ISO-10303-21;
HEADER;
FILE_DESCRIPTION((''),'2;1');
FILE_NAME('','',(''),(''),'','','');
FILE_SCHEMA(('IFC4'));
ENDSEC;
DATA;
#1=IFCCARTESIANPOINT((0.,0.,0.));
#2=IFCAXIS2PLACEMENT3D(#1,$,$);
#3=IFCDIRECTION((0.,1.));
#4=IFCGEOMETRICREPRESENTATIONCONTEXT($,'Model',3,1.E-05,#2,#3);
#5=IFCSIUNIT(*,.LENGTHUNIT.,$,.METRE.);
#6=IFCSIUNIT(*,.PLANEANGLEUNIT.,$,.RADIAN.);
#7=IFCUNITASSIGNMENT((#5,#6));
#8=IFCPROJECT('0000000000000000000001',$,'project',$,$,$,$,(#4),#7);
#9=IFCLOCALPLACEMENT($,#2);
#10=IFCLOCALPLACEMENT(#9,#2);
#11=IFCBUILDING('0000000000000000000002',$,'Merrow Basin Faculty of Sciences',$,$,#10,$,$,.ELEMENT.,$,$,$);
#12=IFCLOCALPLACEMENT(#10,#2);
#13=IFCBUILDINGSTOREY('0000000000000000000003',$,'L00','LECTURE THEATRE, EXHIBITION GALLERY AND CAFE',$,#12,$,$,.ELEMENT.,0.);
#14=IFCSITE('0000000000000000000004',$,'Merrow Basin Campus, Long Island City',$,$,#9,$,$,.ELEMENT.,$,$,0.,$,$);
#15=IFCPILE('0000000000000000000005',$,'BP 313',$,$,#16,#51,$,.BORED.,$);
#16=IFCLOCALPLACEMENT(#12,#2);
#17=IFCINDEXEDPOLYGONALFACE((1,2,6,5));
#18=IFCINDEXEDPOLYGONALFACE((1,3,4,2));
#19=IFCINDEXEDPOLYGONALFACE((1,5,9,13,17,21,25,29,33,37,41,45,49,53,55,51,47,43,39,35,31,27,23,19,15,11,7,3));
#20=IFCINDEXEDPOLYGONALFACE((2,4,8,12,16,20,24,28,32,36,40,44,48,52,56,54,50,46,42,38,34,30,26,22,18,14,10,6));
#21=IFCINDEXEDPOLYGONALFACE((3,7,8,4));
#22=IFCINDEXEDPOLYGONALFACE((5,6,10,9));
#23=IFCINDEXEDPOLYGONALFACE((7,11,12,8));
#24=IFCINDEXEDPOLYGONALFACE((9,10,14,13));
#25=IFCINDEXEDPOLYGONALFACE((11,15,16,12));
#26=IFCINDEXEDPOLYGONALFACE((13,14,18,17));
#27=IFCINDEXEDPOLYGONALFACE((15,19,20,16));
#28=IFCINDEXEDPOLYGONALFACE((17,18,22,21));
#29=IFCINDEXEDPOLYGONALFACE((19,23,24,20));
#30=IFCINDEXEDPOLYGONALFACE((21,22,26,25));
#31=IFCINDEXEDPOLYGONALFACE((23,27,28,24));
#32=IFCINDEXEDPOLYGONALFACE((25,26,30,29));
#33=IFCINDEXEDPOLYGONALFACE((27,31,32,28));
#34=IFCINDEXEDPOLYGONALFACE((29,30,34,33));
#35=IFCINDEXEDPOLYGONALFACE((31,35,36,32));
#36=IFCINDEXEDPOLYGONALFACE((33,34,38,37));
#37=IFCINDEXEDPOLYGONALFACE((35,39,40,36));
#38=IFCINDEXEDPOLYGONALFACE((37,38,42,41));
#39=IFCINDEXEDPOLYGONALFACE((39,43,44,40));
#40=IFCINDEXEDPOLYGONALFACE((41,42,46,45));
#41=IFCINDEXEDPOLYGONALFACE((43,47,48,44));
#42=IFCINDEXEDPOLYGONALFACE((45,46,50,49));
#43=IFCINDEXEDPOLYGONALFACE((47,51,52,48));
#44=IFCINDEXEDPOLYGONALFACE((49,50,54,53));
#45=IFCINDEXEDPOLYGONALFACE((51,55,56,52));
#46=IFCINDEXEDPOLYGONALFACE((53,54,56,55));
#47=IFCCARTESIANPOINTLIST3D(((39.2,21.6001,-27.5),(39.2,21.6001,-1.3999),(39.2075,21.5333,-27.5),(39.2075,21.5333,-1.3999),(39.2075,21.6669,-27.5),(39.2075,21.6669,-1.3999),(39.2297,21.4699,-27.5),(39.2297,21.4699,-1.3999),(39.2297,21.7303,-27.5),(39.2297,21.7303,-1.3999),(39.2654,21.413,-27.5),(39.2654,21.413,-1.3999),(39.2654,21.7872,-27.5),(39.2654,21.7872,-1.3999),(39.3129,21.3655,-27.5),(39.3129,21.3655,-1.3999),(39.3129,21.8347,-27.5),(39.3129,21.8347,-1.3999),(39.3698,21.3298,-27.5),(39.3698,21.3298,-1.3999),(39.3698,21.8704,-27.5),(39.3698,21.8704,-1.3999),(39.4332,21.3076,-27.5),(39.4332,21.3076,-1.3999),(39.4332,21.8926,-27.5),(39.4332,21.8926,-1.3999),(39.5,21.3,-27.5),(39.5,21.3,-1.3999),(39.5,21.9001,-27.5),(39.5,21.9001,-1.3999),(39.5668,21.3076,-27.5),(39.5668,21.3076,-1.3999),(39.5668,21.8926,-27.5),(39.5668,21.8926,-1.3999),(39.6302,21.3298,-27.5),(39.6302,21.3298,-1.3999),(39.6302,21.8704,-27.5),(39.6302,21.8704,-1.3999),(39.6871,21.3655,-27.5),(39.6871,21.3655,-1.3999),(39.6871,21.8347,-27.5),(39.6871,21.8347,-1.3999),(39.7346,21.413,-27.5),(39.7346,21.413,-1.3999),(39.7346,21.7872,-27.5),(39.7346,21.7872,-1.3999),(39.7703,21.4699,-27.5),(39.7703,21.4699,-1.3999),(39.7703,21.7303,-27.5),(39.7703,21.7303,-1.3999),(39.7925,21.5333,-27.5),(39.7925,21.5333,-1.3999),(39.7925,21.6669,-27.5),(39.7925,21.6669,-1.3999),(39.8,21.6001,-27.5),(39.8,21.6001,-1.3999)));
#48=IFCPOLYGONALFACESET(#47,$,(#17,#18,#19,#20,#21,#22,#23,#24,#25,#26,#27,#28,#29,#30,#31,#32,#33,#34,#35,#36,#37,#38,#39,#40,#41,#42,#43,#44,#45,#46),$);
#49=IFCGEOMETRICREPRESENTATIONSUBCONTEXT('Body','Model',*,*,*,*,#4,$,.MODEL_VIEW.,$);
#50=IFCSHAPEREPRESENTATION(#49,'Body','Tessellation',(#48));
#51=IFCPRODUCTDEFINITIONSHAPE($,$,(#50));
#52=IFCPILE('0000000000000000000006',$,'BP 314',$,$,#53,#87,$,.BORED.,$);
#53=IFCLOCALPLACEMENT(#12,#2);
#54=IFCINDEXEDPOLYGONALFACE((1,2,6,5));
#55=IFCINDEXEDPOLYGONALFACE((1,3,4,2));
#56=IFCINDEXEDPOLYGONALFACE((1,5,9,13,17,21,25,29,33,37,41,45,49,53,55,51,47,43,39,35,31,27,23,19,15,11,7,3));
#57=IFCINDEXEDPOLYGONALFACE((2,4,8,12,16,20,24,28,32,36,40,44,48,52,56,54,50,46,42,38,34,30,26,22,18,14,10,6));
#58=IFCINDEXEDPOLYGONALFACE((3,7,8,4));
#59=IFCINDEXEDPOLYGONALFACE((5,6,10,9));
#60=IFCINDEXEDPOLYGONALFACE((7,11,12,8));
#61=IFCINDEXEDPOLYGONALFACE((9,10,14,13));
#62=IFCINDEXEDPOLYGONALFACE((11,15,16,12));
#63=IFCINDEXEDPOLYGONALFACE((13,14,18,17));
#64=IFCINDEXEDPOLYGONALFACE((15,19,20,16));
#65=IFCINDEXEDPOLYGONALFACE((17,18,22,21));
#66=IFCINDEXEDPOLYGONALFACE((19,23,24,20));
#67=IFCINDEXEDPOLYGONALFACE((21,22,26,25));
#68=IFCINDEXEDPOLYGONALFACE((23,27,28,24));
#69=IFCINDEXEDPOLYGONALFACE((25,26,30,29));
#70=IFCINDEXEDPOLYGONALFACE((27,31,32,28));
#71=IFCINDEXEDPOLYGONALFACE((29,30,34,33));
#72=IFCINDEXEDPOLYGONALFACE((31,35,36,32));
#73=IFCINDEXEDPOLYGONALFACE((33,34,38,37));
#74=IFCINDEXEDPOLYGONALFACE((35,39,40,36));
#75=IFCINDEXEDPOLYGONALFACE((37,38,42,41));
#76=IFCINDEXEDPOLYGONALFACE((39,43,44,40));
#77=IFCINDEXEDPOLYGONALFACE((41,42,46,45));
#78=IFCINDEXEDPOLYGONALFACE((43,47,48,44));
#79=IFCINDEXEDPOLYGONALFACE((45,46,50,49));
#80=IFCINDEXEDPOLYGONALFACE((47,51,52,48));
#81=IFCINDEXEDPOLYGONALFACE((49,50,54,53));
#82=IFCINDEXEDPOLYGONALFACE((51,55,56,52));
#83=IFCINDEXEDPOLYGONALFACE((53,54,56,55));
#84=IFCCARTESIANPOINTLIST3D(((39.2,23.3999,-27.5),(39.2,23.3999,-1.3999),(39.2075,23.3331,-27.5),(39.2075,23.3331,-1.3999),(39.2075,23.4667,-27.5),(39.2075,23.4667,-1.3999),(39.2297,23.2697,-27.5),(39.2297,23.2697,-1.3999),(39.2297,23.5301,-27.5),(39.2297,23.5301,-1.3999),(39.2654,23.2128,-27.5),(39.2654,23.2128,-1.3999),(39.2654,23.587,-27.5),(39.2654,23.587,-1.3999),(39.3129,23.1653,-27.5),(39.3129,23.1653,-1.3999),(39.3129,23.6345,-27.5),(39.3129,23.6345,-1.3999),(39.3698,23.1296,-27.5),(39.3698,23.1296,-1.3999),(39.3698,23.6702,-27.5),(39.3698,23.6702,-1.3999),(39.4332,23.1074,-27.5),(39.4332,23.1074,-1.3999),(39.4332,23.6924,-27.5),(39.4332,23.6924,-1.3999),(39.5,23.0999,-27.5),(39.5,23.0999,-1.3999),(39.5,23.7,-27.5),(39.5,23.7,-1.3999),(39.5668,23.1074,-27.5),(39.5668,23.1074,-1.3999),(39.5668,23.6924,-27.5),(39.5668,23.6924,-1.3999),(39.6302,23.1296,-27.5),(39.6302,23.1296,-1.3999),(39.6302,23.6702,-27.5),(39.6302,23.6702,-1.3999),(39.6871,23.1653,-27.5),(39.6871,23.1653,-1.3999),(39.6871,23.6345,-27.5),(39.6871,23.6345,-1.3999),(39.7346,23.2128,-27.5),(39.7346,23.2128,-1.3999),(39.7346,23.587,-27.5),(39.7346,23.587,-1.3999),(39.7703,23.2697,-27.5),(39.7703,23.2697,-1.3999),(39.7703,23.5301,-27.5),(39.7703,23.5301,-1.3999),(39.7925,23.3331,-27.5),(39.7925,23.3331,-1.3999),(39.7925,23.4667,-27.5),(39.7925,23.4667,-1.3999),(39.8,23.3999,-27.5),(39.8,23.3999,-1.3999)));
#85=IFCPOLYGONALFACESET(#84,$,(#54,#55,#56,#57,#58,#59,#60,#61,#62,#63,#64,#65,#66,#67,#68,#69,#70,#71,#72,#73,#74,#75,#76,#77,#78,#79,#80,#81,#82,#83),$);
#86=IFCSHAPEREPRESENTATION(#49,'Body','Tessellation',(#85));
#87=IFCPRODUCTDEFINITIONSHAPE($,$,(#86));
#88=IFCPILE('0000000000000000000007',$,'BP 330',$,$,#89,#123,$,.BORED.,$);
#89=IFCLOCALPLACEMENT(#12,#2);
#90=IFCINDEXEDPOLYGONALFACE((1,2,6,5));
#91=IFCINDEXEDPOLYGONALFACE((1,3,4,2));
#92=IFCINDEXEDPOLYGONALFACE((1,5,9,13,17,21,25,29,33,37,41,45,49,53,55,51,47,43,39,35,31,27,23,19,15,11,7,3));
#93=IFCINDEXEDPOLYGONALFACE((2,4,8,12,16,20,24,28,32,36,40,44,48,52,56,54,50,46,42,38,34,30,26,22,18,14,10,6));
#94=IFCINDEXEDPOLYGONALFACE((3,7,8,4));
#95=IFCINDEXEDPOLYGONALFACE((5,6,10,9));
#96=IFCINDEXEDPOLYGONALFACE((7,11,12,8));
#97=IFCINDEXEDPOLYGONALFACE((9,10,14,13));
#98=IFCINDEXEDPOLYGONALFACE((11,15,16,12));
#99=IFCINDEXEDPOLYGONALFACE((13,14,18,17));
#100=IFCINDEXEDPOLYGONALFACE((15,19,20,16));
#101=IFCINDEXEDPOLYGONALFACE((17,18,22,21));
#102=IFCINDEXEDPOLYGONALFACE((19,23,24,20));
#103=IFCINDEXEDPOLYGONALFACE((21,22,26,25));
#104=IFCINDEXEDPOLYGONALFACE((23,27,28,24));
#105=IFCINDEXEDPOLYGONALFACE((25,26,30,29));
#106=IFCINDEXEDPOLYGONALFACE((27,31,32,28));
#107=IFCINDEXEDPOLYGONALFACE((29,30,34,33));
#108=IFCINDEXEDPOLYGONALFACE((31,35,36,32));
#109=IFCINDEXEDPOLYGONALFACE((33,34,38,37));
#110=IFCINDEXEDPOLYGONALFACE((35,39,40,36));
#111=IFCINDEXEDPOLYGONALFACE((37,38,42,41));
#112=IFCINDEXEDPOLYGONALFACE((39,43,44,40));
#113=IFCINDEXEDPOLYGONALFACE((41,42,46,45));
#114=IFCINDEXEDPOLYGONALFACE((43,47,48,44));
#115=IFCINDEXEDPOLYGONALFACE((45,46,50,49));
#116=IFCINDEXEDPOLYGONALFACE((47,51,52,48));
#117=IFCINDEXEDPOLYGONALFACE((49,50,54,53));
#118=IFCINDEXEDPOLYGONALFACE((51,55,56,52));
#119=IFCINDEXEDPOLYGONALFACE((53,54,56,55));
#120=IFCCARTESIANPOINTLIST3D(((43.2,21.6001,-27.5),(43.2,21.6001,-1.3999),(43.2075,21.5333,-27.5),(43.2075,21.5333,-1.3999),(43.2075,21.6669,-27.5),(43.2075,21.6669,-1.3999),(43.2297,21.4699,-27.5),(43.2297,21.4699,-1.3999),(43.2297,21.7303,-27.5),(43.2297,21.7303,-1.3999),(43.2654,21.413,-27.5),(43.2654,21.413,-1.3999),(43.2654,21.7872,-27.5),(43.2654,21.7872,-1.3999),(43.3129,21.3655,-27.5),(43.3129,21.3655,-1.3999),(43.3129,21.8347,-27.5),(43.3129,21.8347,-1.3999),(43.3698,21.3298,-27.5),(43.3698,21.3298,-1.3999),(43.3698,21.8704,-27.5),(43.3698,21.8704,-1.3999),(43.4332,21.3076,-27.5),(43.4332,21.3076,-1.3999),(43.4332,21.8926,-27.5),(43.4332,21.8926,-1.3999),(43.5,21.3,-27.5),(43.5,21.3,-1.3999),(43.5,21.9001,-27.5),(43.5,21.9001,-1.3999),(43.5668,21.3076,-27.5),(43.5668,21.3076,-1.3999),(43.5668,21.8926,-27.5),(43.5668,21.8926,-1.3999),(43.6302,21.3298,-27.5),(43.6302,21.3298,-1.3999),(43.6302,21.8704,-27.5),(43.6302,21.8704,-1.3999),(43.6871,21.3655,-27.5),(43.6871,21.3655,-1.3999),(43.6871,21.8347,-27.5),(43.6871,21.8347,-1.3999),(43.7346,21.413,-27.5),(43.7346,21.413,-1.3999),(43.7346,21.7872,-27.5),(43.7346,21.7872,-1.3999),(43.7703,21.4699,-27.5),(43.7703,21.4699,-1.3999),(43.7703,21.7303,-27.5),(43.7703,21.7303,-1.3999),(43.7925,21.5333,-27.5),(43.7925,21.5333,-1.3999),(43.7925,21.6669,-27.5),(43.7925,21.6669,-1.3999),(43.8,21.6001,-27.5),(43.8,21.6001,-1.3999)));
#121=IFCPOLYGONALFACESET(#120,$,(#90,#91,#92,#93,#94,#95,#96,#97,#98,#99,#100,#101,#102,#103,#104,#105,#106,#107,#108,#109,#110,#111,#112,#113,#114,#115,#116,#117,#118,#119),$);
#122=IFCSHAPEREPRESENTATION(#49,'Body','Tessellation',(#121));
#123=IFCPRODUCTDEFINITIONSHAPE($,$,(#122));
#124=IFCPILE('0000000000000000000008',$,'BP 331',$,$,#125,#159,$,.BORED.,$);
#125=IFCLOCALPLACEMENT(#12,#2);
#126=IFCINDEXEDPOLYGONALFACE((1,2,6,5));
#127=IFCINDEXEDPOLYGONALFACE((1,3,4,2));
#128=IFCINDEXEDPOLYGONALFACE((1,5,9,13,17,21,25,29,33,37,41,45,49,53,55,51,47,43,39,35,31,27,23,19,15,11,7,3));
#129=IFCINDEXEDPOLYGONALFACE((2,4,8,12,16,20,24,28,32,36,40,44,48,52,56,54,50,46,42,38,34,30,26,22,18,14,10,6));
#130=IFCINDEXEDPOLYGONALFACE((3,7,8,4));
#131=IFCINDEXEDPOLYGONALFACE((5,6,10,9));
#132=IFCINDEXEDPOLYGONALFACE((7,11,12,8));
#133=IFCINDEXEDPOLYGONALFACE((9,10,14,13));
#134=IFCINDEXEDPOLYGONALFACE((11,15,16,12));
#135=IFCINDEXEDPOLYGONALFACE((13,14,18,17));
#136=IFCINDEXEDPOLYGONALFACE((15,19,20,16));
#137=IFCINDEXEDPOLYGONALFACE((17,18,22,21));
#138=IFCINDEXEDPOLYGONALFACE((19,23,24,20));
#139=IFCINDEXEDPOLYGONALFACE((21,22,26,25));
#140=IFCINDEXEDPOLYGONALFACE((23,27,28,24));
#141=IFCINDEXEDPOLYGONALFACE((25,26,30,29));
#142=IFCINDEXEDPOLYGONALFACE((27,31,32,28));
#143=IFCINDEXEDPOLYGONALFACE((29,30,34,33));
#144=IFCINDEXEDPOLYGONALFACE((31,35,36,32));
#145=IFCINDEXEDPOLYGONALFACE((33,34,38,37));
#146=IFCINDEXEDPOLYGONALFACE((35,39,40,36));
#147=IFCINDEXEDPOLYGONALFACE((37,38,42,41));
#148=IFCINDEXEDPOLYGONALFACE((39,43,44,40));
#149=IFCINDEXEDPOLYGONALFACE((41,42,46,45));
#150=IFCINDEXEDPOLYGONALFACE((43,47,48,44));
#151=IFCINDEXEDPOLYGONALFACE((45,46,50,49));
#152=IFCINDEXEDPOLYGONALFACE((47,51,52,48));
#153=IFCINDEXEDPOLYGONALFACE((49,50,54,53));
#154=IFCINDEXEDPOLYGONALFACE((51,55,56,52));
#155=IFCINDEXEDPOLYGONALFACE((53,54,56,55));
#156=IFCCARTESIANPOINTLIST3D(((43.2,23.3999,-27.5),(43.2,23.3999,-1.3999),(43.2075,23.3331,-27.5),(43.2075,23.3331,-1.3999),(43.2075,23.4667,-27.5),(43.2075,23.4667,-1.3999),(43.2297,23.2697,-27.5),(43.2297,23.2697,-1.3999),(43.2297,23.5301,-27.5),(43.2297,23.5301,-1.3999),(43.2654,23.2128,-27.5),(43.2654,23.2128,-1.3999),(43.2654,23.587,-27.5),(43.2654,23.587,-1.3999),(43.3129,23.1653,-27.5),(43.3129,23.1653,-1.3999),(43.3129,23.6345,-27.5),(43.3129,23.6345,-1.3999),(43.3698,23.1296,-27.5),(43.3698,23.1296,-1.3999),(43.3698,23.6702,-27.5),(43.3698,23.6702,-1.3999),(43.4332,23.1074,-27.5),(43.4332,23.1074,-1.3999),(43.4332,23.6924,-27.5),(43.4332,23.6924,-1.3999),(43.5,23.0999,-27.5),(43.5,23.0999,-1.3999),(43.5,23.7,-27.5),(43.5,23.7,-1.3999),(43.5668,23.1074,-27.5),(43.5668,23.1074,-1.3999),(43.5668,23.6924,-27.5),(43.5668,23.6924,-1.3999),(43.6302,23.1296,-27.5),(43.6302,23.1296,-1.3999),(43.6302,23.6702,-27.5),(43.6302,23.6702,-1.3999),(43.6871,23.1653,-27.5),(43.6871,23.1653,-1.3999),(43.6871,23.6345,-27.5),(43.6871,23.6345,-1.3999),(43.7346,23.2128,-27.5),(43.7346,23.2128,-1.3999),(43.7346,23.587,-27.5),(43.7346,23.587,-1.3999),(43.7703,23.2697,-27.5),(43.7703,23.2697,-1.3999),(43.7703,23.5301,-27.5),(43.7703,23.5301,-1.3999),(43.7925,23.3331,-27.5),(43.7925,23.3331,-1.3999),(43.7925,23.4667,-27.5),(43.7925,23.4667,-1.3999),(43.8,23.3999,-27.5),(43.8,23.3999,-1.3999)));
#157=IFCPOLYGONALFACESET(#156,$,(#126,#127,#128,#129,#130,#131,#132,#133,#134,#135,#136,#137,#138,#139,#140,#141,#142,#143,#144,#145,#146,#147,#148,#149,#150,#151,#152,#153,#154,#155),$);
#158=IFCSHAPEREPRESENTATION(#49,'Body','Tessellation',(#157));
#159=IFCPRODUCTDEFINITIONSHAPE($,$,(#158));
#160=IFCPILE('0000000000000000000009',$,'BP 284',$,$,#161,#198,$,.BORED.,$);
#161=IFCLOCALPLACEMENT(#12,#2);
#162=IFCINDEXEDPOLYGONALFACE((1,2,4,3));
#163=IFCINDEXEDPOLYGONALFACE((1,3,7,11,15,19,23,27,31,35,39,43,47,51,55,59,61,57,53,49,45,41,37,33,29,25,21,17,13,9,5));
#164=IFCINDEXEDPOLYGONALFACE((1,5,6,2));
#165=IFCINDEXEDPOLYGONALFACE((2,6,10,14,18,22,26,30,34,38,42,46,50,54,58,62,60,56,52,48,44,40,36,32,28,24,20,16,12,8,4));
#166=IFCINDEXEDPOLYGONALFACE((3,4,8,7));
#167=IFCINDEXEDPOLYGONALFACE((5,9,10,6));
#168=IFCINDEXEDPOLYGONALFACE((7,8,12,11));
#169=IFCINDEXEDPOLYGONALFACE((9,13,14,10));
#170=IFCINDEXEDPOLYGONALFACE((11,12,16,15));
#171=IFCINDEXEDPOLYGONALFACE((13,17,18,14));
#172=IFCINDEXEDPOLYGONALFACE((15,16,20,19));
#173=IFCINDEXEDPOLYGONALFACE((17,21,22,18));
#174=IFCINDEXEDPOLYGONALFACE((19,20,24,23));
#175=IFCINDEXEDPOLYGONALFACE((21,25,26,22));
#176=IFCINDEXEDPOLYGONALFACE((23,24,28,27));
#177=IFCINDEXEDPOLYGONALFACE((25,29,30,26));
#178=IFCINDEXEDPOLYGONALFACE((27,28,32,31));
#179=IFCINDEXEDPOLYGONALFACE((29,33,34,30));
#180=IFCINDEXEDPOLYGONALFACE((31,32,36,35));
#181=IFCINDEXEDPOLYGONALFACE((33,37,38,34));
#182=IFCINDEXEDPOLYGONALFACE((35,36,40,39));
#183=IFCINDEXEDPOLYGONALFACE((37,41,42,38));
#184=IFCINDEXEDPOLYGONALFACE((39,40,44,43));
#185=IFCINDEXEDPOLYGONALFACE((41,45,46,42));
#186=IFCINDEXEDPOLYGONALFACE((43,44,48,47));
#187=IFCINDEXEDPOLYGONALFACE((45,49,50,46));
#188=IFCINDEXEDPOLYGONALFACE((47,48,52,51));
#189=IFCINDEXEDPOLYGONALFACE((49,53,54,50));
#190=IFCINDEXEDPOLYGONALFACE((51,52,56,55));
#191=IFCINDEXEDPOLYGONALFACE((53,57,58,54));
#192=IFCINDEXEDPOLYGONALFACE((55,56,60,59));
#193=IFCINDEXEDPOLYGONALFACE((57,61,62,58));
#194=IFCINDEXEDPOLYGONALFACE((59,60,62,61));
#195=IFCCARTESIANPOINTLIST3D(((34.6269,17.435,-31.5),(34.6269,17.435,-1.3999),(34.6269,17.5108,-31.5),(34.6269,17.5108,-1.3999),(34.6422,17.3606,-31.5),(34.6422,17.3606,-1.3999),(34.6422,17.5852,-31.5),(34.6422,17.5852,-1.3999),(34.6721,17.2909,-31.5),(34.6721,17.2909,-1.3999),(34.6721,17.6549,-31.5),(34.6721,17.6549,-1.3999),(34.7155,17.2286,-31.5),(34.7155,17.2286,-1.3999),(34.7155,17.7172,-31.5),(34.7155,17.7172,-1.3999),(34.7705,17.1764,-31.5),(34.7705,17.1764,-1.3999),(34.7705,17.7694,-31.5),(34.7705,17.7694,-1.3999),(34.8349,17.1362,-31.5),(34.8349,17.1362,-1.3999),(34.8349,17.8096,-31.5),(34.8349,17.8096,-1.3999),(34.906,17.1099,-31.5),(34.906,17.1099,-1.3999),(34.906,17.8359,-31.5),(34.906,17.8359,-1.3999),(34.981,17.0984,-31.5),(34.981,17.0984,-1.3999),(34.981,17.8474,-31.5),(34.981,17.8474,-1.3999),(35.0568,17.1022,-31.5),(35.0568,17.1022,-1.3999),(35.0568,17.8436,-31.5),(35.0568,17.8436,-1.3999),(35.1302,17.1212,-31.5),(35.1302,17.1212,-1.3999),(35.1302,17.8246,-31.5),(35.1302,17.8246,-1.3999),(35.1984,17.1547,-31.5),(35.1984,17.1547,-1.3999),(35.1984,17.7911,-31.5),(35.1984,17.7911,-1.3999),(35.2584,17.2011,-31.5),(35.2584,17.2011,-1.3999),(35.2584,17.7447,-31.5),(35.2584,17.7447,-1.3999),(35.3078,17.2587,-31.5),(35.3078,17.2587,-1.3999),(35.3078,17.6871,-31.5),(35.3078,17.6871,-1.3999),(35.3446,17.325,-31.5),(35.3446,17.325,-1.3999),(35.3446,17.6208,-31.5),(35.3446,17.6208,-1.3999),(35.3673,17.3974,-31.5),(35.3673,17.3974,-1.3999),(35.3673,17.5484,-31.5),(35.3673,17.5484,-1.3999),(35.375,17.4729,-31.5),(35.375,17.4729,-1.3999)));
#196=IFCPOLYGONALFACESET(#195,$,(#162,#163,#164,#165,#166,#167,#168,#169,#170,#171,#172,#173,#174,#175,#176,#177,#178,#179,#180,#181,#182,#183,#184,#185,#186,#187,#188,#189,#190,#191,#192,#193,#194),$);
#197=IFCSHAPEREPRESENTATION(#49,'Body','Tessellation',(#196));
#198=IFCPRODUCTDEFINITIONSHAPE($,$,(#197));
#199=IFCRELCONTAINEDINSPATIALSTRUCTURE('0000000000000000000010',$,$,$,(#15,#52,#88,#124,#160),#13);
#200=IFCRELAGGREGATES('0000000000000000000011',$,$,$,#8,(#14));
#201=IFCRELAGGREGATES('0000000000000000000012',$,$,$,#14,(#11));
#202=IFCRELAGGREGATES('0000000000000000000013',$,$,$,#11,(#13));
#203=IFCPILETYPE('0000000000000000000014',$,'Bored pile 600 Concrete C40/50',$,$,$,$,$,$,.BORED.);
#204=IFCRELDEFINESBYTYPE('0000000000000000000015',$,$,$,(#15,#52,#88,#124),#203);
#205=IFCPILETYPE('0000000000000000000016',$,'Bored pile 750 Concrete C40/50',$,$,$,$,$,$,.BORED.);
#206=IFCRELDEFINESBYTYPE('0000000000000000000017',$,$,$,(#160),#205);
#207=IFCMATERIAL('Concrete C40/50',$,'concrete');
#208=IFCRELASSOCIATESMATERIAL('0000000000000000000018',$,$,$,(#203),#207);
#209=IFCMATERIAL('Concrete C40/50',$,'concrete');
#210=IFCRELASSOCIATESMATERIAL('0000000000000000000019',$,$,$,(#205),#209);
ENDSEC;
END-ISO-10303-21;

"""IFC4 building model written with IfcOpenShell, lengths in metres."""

from ifc_helpers import new_model, si_unit, direction, frame, origin, origin_2d, place, context, subcontext, project, spatial, circle, extrude, material, material_profile, profile_set, type_object, element, save


model = new_model("IFC4")

# Units and contexts
model_context = context("Model", 3, precision=1e-05, world=origin(), true_north=direction((0.0, 1.0)))
body_context = subcontext(model_context, "Body", "Model", "MODEL_VIEW")
ifc_project = project(units=[si_unit("LENGTHUNIT", "METRE"), si_unit("PLANEANGLEUNIT", "RADIAN")], contexts=[model_context])

# Site, building, storey
site_placement = place(None, origin())
site = spatial("IfcSite", under=ifc_project, at=site_placement, Name="Merrow Basin Campus, Long Island City", CompositionType="ELEMENT", RefElevation=0.0)
building_placement = place(site_placement, origin())
building = spatial("IfcBuilding", under=site, at=building_placement, Name="Merrow Basin Faculty of Sciences", CompositionType="ELEMENT")
storey_placement = place(building_placement, origin())
storey = spatial("IfcBuildingStorey", under=building, at=storey_placement, Name="L00", Description="LECTURE THEATRE, EXHIBITION GALLERY AND CAFE", CompositionType="ELEMENT", Elevation=0.0)

# Piles
ifc_material_1 = material(Name="Concrete C40/50", Category="concrete")
ifc_material_profile_1 = material_profile(ifc_material_1, circle(Radius=0.3, at=origin_2d()))
ifc_profile_set_1 = profile_set([ifc_material_profile_1], Name="Concrete C40/50")
pile_type_1 = type_object("IfcPileType", Name="Bored pile 600 Concrete C40/50", PredefinedType="BORED", material=ifc_profile_set_1)
for number, where, z_axis, x_axis, name in (
    (1, (39.5, 21.6001, -1.3999), (0.0, 0.0, -1.0), (1.0, 0.0, 0.0), "BP 313"),
    (2, (39.5, 23.3999, -1.3999), (0.0, 0.0, -1.0), (1.0, 0.0, 0.0), "BP 314"),
    (3, (43.5, 21.6001, -1.3999), (0.0, 0.0, -1.0), (1.0, 0.0, 0.0), "BP 330"),
    (4, (43.5, 23.3999, -1.3999), (0.0, 0.0, -1.0), (1.0, 0.0, 0.0), "BP 331"),
):
    element("IfcPile", number, at=place(storey_placement, frame(where, z_axis=z_axis, x_axis=x_axis)), inside=storey, type_object=pile_type_1, Name=name, PredefinedType="BORED", context=body_context, shape_type="SweptSolid", body=[
        extrude(circle(Radius=0.3, at=origin_2d()), origin(), (0.0, 0.0, 1.0), 26.1001),
    ])
ifc_material_2 = material(Name="Concrete C40/50", Category="concrete")
ifc_material_profile_2 = material_profile(ifc_material_2, circle(Radius=0.375, at=origin_2d()))
ifc_profile_set_2 = profile_set([ifc_material_profile_2], Name="Concrete C40/50")
pile_type_2 = type_object("IfcPileType", Name="Bored pile 750 Concrete C40/50", PredefinedType="BORED", material=ifc_profile_set_2)
for number, where, z_axis, x_axis, name in (
    (5, (35.0, 17.4729, -1.3999), (0.0, 0.0, -1.0), (1.0, 0.0, 0.0), "BP 284"),
):
    element("IfcPile", number, at=place(storey_placement, frame(where, z_axis=z_axis, x_axis=x_axis)), inside=storey, type_object=pile_type_2, Name=name, PredefinedType="BORED", context=body_context, shape_type="SweptSolid", body=[
        extrude(circle(Radius=0.375, at=origin_2d()), origin(), (0.0, 0.0, 1.0), 30.1001),
    ])

save(model, "model.ifc")
